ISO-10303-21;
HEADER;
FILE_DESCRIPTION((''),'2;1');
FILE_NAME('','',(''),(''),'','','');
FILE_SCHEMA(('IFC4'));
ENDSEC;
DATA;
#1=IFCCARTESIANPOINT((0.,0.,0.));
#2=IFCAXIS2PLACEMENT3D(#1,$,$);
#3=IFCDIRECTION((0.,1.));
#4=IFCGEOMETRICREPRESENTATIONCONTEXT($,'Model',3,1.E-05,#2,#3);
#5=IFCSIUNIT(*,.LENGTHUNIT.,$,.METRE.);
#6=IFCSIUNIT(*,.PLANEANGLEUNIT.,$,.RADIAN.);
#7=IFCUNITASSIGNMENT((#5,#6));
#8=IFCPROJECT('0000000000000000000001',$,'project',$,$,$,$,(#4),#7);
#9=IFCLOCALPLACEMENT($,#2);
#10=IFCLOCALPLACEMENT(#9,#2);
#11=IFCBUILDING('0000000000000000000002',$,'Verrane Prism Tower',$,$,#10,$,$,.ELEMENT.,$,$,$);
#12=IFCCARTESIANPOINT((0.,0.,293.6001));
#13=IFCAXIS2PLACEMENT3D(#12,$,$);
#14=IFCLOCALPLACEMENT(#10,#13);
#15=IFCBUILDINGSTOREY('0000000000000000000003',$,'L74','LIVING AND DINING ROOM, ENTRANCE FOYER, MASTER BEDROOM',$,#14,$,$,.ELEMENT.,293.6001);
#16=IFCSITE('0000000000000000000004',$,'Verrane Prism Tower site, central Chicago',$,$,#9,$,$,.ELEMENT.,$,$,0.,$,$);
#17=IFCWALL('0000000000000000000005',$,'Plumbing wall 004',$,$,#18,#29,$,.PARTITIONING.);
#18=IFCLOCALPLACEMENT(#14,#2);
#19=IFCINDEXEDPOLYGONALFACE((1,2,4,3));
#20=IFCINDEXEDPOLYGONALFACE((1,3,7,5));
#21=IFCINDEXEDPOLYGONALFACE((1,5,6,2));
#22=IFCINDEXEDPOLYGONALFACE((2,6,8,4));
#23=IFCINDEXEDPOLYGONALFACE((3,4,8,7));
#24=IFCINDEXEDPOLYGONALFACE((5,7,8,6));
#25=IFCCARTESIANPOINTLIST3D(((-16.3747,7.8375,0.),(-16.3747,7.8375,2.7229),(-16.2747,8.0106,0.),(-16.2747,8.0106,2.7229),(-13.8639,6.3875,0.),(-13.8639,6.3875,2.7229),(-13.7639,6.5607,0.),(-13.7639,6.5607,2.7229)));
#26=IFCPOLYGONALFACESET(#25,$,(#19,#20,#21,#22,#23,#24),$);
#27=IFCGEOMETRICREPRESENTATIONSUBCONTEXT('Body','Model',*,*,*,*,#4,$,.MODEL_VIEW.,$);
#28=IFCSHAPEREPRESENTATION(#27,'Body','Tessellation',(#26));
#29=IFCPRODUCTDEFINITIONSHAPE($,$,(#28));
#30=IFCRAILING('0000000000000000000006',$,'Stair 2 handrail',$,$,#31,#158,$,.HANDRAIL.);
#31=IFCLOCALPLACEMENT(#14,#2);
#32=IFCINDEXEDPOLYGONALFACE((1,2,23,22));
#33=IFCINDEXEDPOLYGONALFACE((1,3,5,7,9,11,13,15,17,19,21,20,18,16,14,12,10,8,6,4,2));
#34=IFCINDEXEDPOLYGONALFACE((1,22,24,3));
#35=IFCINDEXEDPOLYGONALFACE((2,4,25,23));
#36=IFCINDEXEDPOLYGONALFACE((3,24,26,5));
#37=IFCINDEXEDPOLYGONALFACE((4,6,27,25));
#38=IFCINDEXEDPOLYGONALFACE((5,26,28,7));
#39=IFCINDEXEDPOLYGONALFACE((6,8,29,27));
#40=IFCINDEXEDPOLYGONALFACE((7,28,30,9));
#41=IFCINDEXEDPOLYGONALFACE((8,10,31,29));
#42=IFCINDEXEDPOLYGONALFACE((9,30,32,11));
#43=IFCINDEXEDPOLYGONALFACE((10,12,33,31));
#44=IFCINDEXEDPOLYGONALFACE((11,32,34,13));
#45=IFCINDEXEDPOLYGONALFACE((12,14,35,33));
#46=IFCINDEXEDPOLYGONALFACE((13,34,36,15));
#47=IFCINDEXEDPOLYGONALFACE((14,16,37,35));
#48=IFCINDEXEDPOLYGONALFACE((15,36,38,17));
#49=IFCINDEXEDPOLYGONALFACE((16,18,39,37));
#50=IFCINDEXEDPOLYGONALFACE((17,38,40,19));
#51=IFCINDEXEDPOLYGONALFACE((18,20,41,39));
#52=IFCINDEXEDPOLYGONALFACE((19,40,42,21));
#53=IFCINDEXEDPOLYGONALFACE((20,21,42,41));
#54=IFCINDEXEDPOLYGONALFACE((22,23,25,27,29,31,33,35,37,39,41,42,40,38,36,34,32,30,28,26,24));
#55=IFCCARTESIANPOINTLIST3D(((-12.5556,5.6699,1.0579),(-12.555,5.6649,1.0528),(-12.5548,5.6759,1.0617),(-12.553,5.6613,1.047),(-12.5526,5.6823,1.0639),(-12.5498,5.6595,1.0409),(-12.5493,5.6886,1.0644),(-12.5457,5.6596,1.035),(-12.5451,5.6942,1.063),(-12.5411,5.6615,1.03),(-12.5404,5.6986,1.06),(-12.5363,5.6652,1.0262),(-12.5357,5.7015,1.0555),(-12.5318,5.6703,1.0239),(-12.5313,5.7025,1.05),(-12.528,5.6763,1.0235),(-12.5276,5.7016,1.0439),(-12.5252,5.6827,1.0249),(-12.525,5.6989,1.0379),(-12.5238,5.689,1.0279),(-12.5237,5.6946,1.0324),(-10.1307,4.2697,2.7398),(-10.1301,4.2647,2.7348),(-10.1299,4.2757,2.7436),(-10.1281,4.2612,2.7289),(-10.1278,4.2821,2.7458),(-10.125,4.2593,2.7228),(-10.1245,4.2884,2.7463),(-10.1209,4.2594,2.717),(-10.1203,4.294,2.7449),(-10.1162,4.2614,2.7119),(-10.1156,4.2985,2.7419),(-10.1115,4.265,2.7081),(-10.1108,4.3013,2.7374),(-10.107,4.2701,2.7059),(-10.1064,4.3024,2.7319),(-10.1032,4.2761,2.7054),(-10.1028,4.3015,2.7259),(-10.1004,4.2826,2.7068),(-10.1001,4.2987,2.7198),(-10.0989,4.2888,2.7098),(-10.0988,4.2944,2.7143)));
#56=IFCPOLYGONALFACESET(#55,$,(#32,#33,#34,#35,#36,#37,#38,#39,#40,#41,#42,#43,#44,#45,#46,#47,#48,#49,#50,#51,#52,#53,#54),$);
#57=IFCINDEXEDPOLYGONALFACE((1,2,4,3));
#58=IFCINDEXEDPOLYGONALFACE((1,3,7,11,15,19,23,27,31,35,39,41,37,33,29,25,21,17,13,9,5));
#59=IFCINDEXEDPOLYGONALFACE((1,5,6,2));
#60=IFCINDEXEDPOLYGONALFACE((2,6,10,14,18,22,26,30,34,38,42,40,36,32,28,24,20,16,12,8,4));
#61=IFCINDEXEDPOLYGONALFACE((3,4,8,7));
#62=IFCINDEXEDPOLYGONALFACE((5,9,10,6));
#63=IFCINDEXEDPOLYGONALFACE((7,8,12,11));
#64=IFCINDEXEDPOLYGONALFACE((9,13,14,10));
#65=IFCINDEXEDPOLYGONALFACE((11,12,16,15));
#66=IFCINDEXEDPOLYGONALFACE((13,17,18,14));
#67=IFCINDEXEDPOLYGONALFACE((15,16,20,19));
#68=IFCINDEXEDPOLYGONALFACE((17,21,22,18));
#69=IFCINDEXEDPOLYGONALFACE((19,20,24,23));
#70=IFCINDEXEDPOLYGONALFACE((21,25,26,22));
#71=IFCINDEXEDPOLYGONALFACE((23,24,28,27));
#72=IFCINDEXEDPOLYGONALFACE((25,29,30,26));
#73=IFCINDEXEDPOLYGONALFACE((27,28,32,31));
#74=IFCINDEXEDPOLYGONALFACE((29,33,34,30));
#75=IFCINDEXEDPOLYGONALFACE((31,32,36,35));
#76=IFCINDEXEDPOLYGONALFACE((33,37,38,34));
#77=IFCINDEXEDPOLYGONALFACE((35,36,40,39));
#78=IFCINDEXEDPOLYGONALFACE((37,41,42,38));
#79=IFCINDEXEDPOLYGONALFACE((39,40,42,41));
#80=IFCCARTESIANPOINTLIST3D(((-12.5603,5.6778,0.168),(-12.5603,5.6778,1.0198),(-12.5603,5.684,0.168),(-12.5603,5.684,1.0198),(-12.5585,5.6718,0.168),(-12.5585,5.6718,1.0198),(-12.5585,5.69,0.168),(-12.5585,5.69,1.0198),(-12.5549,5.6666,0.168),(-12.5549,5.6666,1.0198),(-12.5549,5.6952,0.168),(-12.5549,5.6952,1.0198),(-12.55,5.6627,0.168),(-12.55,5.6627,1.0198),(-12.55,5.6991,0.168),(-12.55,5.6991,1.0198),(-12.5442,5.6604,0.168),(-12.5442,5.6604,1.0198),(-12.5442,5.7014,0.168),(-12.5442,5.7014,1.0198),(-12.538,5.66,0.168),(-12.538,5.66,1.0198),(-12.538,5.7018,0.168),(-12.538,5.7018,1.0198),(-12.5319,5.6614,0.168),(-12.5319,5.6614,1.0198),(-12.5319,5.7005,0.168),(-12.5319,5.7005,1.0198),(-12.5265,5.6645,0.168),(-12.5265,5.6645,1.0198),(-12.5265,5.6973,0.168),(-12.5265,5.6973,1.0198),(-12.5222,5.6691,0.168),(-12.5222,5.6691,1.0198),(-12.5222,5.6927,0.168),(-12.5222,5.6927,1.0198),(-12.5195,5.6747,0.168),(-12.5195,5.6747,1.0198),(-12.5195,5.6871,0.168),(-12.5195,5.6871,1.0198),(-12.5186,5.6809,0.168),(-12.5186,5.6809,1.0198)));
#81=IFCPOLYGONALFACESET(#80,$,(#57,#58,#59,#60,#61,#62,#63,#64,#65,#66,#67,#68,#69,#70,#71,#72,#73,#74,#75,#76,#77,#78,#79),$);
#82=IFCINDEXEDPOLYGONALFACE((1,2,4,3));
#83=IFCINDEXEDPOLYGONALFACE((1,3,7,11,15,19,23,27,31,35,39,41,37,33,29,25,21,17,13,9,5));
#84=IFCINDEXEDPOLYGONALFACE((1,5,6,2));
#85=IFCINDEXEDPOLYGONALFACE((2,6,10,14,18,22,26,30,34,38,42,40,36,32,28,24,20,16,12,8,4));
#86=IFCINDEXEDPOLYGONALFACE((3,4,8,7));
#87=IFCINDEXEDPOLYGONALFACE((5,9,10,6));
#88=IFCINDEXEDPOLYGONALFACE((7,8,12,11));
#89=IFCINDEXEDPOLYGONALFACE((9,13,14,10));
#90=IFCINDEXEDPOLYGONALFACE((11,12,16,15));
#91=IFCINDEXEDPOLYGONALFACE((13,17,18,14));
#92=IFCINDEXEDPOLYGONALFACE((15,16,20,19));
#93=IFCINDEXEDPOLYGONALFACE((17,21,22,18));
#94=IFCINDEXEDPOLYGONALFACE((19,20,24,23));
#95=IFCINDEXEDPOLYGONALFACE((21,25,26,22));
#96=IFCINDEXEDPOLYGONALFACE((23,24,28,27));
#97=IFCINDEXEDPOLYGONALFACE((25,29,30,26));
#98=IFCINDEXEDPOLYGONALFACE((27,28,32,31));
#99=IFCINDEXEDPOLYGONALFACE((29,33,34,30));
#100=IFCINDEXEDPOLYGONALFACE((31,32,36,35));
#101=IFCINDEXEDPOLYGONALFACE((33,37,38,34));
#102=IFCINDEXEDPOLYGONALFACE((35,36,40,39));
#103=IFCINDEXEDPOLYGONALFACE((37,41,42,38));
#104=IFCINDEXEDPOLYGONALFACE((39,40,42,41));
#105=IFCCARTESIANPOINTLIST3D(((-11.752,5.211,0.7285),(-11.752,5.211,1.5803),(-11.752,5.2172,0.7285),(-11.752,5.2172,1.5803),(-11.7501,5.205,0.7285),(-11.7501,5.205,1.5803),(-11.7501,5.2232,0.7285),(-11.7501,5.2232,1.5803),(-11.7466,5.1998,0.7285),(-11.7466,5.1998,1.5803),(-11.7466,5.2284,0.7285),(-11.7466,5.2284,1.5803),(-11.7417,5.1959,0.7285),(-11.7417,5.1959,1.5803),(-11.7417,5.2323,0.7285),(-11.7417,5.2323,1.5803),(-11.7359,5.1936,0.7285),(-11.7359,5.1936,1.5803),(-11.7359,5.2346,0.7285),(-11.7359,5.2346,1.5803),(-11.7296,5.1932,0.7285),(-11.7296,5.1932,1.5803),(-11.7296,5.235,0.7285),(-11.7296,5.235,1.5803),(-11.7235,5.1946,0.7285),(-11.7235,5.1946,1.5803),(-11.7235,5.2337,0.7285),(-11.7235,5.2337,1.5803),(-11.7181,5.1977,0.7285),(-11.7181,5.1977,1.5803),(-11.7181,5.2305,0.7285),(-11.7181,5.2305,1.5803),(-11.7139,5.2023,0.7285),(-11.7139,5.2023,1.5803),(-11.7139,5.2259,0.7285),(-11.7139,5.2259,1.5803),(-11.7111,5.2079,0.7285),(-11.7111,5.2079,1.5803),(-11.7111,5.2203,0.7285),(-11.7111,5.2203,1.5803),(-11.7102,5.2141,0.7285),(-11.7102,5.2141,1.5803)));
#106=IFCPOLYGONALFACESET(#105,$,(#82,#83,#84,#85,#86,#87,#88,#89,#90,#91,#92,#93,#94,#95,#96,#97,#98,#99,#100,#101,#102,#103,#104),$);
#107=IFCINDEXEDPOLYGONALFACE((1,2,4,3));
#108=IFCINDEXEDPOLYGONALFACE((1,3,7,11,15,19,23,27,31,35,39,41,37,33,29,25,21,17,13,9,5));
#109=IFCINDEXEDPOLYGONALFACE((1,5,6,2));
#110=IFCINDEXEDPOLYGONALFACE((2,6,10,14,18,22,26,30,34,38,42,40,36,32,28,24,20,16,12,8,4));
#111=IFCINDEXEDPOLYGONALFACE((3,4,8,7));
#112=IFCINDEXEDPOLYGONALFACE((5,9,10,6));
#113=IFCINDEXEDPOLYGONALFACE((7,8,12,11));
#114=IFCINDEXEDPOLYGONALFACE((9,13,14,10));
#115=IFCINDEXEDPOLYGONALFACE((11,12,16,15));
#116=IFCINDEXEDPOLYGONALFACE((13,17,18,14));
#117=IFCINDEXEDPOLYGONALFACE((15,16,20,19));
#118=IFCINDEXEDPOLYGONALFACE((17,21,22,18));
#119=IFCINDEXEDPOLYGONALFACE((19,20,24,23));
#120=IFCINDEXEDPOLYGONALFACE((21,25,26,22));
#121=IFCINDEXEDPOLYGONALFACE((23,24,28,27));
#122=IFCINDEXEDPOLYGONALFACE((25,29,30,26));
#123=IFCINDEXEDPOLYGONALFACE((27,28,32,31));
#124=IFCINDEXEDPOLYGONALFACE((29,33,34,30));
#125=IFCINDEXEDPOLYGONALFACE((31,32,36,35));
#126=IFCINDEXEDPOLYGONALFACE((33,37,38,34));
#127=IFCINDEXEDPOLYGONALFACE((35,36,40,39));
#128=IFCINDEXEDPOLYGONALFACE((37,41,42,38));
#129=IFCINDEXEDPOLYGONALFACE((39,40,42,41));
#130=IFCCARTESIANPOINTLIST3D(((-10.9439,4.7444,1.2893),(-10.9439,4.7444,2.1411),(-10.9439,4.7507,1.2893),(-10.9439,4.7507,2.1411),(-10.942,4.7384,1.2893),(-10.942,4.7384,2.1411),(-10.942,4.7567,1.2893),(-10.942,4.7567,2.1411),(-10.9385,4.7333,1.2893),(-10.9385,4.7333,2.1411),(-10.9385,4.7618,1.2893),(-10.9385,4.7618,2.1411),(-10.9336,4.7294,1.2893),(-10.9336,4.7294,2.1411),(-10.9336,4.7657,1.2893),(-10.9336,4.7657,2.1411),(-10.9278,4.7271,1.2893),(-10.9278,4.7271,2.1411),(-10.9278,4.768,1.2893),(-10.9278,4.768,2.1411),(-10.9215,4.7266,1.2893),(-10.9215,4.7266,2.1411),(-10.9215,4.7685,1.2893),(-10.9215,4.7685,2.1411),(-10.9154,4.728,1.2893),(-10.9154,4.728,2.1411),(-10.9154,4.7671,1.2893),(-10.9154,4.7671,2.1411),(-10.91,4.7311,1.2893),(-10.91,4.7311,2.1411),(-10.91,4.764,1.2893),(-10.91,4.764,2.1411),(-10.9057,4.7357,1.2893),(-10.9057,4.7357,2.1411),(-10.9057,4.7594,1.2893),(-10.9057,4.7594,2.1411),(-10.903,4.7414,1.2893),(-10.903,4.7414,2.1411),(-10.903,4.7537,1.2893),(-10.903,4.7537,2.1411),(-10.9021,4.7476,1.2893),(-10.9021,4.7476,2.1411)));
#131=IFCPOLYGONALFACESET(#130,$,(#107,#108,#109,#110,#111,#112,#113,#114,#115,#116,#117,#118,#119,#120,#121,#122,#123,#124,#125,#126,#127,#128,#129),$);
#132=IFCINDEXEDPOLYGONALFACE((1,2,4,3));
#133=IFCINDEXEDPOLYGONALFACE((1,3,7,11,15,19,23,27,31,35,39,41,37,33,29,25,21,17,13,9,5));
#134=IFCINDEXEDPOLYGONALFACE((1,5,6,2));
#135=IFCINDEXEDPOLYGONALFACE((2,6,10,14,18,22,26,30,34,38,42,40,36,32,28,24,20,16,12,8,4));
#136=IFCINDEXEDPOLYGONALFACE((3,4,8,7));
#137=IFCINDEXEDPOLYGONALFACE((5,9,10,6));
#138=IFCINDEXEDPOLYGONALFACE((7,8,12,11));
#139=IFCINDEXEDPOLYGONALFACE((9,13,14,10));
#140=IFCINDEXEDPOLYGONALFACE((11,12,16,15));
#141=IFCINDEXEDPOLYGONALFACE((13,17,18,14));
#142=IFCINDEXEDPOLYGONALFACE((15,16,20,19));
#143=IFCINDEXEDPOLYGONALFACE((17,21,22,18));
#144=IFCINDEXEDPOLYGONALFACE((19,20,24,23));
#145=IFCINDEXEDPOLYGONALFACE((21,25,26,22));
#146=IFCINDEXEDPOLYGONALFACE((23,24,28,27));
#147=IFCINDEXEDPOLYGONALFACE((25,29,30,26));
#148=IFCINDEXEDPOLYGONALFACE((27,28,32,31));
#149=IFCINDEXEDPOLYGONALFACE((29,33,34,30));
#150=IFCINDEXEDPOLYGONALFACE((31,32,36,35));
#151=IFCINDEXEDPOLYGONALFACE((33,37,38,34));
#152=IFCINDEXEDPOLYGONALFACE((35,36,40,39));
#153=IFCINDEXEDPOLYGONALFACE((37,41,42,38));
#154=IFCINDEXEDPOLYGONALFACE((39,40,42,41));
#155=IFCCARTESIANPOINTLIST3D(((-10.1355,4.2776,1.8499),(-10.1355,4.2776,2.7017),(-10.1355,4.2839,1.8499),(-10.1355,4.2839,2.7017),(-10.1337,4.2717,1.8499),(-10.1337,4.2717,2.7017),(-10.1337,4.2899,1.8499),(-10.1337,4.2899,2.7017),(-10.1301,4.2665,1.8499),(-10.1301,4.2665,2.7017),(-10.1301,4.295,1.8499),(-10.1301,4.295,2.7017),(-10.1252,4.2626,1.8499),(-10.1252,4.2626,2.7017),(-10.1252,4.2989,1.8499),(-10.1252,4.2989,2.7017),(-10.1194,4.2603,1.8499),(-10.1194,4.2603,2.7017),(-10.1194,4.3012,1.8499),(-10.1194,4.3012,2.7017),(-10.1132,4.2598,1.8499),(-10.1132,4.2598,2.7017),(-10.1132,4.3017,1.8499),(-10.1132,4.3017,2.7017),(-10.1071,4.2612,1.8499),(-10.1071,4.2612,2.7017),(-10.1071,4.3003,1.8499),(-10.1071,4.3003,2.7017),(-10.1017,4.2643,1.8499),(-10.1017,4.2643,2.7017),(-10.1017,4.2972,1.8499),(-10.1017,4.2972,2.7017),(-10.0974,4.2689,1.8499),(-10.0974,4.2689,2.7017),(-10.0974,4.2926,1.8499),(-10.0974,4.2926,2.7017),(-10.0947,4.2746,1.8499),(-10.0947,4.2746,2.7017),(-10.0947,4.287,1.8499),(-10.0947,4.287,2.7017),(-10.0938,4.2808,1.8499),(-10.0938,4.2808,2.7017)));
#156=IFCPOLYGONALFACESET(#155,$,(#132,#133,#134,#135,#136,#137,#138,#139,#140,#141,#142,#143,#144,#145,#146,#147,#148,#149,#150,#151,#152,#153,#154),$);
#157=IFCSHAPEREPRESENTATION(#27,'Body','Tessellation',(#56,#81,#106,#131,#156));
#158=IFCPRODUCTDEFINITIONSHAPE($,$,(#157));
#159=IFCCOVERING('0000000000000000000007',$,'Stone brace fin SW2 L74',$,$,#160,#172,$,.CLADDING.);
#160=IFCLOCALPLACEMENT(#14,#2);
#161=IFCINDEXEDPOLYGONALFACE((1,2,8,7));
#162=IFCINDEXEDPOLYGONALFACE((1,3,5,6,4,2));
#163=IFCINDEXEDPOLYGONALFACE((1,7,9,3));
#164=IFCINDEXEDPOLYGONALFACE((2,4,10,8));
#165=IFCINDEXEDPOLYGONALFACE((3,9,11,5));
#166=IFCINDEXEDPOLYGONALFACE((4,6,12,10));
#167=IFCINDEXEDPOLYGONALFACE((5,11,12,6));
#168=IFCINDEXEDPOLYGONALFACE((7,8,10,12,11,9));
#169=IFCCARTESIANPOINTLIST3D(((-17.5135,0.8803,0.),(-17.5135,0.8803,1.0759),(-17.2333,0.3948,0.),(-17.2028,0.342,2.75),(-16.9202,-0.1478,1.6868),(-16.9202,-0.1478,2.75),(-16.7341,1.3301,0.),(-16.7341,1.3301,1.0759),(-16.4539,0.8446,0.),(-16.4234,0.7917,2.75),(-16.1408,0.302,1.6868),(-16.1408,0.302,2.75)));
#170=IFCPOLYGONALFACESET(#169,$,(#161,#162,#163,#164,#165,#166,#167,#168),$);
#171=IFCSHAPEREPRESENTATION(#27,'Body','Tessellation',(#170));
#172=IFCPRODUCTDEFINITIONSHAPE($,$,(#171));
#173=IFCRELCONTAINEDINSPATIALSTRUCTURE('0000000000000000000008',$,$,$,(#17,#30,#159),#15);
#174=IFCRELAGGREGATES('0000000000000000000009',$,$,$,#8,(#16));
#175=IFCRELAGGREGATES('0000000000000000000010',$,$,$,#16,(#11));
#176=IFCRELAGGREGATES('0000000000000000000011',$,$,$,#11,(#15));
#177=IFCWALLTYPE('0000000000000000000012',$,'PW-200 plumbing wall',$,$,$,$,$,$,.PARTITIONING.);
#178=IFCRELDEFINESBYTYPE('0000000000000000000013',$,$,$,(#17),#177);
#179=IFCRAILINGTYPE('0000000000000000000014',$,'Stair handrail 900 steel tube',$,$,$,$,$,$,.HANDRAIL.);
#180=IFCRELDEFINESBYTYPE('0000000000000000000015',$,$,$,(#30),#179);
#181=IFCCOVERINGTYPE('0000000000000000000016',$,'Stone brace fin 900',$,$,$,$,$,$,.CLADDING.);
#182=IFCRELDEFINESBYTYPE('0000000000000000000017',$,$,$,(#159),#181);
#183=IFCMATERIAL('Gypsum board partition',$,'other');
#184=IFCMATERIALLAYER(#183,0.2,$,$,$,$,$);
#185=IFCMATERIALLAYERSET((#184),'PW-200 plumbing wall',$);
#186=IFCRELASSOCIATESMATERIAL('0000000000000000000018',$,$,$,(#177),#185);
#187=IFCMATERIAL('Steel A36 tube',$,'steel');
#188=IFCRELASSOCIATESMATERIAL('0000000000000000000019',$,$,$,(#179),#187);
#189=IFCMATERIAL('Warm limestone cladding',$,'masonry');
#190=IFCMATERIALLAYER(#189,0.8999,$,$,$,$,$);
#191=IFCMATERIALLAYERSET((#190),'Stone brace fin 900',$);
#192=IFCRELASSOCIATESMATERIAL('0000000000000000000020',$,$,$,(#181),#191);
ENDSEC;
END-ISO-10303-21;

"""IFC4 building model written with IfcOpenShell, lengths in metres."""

from ifc_helpers import new_model, si_unit, direction, frame, frame_2d, origin, origin_2d, place, context, subcontext, project, spatial, polyline, rectangle, circle, outline, extrude, material, layer, layer_set, type_object, element, save


model = new_model("IFC4")

# Units and contexts
model_context = context("Model", 3, precision=1e-05, world=origin(), true_north=direction((0.0, 1.0)))
body_context = subcontext(model_context, "Body", "Model", "MODEL_VIEW")
ifc_project = project(units=[si_unit("LENGTHUNIT", "METRE"), si_unit("PLANEANGLEUNIT", "RADIAN")], contexts=[model_context])

# Site, building, storey
site_placement = place(None, origin())
site = spatial("IfcSite", under=ifc_project, at=site_placement, Name="Verrane Prism Tower site, central Chicago", CompositionType="ELEMENT", RefElevation=0.0)
building_placement = place(site_placement, origin())
building = spatial("IfcBuilding", under=site, at=building_placement, Name="Verrane Prism Tower", CompositionType="ELEMENT")
storey_placement = place(building_placement, frame((0.0, 0.0, 293.6001)))
storey = spatial("IfcBuildingStorey", under=building, at=storey_placement, Name="L74", Description="LIVING AND DINING ROOM, ENTRANCE FOYER, MASTER BEDROOM", CompositionType="ELEMENT", Elevation=293.6001)

# Shared definitions
ifc_material_1 = material(Name="Gypsum board partition", Category="other")
ifc_layer_1 = layer(ifc_material_1, 0.2)
ifc_layer_set_1 = layer_set([ifc_layer_1], Name="PW-200 plumbing wall")
wall_type_1 = type_object("IfcWallType", Name="PW-200 plumbing wall", PredefinedType="PARTITIONING", material=ifc_layer_set_1)

# Wall
wall_1_placement = place(storey_placement, frame((-16.3247, 7.9241, 0.0), z_axis=(0.0, 0.0, 1.0), x_axis=(0.86597, -0.500097, 0.0)))
element("IfcWall", 1, at=wall_1_placement, inside=storey, type_object=wall_type_1, Name="Plumbing wall 004", PredefinedType="PARTITIONING", context=body_context, shape_type="SweptSolid", body=[
    extrude(rectangle(XDim=2.8994, YDim=0.2, at=frame_2d((1.4497, 0.0))), origin(), (0.0, 0.0, 1.0), 2.7229),
])

# Railing
ifc_material_2 = material(Name="Steel A36 tube", Category="steel")
railing_type = type_object("IfcRailingType", Name="Stair handrail 900 steel tube", PredefinedType="HANDRAIL", material=ifc_material_2)
railing_placement = place(storey_placement, frame((-12.5396, 5.6809, 0.168)))
element("IfcRailing", 2, at=railing_placement, inside=storey, type_object=railing_type, Name="Stair 2 handrail", PredefinedType="HANDRAIL", context=body_context, shape_type="SweptSolid", body=[
    extrude(circle(Radius=0.0239, at=origin_2d()), frame((0.0, 0.0, 0.876), z_axis=(0.742367, -0.428662, 0.514918), x_axis=(0.50005, 0.865997, 0.0)), (0.0, 0.0, 1.0), 3.2664),
    extrude(circle(Radius=0.021, at=origin_2d()), origin(), (0.0, 0.0, 1.0), 0.8518),
    extrude(circle(Radius=0.021, at=origin_2d()), frame((0.8083, -0.4668, 0.5605)), (0.0, 0.0, 1.0), 0.8518),
    extrude(circle(Radius=0.021, at=origin_2d()), frame((1.6165, -0.9333, 1.1213)), (0.0, 0.0, 1.0), 0.8518),
    extrude(circle(Radius=0.021, at=origin_2d()), frame((2.4248, -1.4001, 1.6819)), (0.0, 0.0, 1.0), 0.8518),
])

# Covering
ifc_material_3 = material(Name="Warm limestone cladding", Category="masonry")
ifc_layer_2 = layer(ifc_material_3, 0.8999)
ifc_layer_set_2 = layer_set([ifc_layer_2], Name="Stone brace fin 900")
covering_type = type_object("IfcCoveringType", Name="Stone brace fin 900", PredefinedType="CLADDING", material=ifc_layer_set_2)
covering_placement = place(storey_placement, frame((-17.1238, 1.1052, 0.0), z_axis=(0.0, 0.0, 1.0), x_axis=(0.499811, -0.866134, 0.0)))
element("IfcCovering", 3, at=covering_placement, inside=storey, type_object=covering_type, Name="Stone brace fin SW2 L74", PredefinedType="CLADDING", context=body_context, shape_type="SweptSolid", body=[
    extrude(outline(polyline([(1.187, 2.75), (0.6216, 2.75), (0.0, 1.0759), (0.0, 0.0), (0.5605, 0.0), (1.187, 1.6868), (1.187, 2.75)])), frame((0.0, 0.45, 0.0), z_axis=(0.0, -1.0, 0.0), x_axis=(1.0, 0.0, 0.0)), (0.0, 0.0, 1.0), 0.8999),
])

save(model, "model.ifc")
